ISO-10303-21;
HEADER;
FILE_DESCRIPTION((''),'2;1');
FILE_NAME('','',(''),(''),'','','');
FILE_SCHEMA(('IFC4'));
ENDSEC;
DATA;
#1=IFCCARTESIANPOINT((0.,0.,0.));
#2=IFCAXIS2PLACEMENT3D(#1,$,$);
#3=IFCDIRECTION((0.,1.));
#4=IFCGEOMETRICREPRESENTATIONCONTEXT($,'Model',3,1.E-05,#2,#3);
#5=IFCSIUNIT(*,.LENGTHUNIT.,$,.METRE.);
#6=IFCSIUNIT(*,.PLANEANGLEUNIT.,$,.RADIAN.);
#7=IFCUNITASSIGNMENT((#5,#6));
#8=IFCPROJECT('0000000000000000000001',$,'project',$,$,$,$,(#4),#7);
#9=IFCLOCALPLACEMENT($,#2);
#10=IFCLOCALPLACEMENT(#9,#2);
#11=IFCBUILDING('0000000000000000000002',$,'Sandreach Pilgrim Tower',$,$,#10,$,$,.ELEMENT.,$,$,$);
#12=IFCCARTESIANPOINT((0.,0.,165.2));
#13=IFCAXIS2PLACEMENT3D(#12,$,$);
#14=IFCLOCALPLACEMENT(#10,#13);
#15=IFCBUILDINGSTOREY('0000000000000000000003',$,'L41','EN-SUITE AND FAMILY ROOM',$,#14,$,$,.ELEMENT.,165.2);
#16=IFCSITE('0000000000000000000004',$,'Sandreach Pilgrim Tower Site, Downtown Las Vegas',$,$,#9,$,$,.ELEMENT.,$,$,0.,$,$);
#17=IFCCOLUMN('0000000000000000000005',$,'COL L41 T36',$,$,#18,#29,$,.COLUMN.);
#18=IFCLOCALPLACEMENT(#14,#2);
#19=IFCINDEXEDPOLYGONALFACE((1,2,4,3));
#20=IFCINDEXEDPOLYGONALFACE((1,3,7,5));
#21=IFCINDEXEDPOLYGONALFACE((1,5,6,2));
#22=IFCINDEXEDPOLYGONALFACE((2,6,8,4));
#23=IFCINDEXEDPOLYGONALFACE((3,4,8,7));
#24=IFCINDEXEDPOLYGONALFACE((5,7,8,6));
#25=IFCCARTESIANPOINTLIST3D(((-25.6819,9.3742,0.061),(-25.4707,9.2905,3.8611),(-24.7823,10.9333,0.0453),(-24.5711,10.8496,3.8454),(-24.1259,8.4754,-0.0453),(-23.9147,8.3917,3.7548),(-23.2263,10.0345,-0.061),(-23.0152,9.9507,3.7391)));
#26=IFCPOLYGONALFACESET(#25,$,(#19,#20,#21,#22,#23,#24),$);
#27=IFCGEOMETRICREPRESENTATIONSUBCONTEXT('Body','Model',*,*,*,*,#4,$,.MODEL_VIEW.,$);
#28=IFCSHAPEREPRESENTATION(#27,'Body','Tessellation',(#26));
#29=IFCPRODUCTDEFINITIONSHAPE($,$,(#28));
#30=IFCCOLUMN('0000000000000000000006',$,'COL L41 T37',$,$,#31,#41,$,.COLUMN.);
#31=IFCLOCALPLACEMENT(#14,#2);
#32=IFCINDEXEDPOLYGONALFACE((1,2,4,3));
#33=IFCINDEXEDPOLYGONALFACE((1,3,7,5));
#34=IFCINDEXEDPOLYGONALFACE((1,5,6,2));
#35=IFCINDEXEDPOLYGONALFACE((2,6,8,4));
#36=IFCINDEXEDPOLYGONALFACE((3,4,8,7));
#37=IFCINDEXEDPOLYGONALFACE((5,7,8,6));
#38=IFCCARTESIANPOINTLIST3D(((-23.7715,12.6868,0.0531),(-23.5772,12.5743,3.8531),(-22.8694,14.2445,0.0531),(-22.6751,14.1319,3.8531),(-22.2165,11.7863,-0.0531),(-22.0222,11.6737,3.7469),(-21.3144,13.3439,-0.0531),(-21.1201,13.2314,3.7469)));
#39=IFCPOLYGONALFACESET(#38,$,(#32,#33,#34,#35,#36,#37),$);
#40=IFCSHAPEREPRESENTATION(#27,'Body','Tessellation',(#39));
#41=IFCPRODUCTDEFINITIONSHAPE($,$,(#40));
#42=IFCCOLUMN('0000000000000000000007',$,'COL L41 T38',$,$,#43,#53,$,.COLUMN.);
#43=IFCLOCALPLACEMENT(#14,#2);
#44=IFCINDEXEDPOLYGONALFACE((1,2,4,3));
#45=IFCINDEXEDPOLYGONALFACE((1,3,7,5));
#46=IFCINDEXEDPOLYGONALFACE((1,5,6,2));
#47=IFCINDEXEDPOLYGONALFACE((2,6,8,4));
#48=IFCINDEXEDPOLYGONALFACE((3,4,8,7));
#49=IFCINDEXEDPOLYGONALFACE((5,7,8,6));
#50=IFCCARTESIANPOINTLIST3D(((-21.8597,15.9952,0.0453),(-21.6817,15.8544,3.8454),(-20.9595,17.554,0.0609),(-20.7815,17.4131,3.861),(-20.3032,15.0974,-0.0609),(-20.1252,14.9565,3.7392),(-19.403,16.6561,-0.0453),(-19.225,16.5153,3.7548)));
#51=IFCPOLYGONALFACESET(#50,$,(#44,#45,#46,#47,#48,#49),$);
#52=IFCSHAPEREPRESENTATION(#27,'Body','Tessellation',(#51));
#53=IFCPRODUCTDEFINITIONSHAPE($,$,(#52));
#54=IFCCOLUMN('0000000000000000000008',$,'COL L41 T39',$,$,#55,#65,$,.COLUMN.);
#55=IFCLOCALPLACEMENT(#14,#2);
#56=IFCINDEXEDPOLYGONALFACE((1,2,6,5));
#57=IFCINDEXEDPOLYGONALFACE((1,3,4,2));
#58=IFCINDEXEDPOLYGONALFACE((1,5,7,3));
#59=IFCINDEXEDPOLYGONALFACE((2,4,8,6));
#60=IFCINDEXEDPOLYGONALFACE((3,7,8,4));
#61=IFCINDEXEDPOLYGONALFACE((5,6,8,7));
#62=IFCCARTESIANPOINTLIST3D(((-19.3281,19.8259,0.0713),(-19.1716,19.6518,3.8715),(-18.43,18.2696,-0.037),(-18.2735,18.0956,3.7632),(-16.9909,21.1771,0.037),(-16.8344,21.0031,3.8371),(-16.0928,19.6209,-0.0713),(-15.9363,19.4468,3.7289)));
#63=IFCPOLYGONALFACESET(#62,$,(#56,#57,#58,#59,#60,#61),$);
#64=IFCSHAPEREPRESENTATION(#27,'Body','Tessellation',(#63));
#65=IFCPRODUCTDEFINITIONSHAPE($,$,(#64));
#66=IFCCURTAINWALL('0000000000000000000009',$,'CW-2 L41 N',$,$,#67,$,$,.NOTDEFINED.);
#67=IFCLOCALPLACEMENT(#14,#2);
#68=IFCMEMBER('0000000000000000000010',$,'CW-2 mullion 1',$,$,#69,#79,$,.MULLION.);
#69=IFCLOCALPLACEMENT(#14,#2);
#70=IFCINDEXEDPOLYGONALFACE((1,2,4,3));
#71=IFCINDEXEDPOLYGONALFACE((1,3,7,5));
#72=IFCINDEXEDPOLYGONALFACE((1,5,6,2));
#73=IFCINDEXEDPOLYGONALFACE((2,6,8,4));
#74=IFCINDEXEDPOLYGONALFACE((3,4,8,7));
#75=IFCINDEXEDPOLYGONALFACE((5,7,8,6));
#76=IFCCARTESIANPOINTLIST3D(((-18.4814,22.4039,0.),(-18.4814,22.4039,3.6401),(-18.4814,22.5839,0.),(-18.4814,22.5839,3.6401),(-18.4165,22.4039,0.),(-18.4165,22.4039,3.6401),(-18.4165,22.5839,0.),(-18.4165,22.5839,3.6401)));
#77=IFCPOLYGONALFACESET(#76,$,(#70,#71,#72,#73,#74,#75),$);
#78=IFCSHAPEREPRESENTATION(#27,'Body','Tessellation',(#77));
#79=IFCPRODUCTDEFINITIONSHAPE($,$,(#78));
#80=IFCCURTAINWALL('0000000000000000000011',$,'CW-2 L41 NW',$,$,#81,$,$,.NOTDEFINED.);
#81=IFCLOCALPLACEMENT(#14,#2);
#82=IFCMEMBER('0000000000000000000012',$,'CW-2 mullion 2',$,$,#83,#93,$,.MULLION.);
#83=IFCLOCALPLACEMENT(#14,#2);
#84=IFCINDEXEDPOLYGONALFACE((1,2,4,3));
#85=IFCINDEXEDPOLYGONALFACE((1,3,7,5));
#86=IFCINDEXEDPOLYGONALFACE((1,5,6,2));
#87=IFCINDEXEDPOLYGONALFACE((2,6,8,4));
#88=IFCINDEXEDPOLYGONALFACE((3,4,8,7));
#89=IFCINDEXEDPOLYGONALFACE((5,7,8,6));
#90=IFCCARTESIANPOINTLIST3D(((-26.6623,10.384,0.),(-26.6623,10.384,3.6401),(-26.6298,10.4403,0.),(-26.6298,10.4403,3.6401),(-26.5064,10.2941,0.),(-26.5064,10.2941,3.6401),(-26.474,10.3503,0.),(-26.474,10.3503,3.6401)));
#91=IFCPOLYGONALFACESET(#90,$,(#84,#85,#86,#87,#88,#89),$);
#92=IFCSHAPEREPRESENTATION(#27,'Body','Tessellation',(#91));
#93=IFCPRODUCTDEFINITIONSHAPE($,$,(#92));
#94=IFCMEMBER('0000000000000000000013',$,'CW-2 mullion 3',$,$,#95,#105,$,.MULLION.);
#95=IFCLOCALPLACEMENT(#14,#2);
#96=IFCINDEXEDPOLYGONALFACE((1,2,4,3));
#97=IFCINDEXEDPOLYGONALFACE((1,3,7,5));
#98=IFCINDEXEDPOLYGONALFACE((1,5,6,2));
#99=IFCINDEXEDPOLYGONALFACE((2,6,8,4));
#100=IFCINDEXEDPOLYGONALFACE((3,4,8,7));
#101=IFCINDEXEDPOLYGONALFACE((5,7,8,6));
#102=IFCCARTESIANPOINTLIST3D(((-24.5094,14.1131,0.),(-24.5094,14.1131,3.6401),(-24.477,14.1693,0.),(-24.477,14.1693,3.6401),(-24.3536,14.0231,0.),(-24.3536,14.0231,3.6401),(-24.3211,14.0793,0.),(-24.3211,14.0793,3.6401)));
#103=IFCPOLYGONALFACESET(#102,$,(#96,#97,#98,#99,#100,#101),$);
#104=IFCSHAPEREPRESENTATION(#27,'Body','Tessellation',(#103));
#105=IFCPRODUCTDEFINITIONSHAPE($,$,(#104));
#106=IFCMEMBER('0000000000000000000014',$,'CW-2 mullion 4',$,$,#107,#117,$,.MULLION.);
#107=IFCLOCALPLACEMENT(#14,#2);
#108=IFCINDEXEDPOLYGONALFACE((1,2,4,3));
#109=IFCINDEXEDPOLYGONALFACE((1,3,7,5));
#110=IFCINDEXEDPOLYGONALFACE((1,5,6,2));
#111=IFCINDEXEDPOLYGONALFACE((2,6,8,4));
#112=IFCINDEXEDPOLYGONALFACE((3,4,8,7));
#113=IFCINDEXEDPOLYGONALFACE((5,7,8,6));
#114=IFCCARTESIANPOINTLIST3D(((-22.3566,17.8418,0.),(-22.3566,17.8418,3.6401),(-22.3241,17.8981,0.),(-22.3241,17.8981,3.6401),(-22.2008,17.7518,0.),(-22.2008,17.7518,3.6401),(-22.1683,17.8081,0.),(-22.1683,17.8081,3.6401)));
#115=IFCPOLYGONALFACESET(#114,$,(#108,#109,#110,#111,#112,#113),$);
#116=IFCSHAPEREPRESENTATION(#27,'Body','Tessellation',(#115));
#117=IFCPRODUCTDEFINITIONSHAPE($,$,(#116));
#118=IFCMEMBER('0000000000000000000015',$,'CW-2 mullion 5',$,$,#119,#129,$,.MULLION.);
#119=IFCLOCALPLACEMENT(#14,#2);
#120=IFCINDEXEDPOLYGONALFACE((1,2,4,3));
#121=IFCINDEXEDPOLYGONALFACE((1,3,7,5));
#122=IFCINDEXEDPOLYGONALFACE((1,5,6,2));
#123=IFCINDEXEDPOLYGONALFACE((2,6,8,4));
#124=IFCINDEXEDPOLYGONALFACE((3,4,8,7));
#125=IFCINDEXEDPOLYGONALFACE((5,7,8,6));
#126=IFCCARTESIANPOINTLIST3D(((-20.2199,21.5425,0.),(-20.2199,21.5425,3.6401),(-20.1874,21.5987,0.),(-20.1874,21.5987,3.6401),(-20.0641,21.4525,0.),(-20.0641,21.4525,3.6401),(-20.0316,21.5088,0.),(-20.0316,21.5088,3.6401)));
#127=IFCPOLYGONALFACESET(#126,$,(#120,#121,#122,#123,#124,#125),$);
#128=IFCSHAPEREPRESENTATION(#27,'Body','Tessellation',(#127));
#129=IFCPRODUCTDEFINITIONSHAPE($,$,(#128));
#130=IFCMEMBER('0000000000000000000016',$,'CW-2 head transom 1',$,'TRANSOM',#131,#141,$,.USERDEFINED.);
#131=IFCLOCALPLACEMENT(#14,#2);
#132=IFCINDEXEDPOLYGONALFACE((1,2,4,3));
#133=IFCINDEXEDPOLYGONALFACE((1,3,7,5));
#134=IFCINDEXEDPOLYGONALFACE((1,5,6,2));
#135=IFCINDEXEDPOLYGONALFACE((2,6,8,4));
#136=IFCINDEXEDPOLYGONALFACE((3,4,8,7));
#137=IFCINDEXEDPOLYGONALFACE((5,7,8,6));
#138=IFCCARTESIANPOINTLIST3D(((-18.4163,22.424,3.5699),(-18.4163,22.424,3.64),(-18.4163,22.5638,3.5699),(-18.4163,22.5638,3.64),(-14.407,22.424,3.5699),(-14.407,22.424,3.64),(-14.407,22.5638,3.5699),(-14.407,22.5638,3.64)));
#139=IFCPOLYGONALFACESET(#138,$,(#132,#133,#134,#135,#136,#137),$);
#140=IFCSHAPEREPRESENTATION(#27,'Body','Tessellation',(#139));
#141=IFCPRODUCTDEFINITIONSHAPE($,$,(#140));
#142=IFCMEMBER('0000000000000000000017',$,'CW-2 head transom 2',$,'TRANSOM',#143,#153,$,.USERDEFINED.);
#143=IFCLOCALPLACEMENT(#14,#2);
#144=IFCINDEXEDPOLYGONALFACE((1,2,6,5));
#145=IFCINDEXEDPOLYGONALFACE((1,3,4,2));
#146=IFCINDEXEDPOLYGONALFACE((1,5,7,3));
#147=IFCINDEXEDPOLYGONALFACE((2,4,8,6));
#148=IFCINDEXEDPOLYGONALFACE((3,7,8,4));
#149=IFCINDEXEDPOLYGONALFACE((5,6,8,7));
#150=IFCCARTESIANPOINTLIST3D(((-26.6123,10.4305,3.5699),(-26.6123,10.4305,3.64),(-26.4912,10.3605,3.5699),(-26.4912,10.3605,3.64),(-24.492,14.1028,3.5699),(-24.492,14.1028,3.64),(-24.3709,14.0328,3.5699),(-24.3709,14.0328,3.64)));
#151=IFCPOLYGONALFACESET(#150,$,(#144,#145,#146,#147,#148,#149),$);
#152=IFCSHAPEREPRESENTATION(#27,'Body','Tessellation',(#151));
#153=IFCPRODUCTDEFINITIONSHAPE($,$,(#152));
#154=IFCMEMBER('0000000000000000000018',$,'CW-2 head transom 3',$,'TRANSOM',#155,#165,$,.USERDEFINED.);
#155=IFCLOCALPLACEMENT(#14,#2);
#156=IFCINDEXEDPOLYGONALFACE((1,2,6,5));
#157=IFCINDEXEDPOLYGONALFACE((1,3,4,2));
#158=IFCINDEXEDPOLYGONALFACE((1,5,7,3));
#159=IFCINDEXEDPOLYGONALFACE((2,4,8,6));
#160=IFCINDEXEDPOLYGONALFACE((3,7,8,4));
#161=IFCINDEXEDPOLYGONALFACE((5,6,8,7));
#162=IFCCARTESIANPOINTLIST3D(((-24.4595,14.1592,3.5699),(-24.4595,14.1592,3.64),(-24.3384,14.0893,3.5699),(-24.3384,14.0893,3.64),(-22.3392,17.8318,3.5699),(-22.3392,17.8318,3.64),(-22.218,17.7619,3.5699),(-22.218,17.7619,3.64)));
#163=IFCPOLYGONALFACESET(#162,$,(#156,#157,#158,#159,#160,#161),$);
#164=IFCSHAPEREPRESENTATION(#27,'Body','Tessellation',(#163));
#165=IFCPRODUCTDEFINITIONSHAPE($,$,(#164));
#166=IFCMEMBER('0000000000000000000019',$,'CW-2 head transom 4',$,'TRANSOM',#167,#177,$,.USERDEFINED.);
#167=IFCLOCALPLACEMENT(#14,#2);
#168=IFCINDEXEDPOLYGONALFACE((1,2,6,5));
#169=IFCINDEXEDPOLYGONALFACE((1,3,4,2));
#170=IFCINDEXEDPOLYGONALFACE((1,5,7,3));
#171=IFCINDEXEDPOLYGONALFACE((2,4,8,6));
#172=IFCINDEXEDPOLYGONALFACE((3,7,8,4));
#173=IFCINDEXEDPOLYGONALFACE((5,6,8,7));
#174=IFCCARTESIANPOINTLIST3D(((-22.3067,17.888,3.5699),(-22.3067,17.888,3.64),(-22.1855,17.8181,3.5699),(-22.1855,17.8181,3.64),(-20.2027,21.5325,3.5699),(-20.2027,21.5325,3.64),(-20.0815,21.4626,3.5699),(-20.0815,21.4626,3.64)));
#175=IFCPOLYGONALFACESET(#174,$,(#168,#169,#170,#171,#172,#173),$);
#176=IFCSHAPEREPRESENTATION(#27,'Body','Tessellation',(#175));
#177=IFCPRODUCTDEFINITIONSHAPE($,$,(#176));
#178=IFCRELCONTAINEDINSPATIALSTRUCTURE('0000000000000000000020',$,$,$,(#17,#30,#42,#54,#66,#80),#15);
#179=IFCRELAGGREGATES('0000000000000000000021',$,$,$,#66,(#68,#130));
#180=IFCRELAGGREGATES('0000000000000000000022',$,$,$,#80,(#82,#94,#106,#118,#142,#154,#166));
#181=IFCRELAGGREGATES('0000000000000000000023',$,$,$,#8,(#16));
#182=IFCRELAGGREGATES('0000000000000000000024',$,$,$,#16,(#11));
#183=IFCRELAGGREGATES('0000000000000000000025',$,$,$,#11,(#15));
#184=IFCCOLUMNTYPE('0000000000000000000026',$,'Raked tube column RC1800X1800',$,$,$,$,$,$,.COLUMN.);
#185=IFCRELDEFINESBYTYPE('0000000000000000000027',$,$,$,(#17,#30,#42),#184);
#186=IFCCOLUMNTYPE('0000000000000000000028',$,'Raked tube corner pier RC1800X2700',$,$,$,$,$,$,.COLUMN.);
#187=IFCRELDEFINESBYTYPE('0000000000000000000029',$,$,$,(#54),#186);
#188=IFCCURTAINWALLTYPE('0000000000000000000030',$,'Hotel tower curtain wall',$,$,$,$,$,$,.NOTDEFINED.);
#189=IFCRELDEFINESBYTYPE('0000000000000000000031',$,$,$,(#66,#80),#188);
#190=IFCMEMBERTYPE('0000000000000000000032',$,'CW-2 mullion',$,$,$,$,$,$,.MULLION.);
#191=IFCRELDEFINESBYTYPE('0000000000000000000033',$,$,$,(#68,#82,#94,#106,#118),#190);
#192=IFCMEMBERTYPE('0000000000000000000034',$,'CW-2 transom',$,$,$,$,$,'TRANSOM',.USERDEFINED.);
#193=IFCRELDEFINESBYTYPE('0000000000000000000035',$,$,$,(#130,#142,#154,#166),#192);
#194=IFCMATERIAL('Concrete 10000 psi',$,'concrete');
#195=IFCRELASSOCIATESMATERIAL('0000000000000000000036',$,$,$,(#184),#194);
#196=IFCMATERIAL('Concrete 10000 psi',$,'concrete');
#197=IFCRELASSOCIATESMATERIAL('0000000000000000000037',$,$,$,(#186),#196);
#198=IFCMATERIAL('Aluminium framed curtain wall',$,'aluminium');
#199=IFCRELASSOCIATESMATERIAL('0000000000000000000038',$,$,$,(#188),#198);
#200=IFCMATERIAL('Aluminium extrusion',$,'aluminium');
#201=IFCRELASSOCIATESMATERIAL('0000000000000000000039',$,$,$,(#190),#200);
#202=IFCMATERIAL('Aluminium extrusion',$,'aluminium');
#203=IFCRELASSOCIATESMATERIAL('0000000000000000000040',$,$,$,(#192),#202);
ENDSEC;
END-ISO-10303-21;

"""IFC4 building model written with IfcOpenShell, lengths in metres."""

from ifc_helpers import new_model, si_unit, direction, frame, origin, origin_2d, place, context, subcontext, project, spatial, rectangle, extrude, material, material_profile, profile_set, type_object, element, aggregate, save


model = new_model("IFC4")

# Units and contexts
model_context = context("Model", 3, precision=1e-05, world=origin(), true_north=direction((0.0, 1.0)))
body_context = subcontext(model_context, "Body", "Model", "MODEL_VIEW")
ifc_project = project(units=[si_unit("LENGTHUNIT", "METRE"), si_unit("PLANEANGLEUNIT", "RADIAN")], contexts=[model_context])

# Site, building, storey
site_placement = place(None, origin())
site = spatial("IfcSite", under=ifc_project, at=site_placement, Name="Sandreach Pilgrim Tower Site, Downtown Las Vegas", CompositionType="ELEMENT", RefElevation=0.0)
building_placement = place(site_placement, origin())
building = spatial("IfcBuilding", under=site, at=building_placement, Name="Sandreach Pilgrim Tower", CompositionType="ELEMENT")
storey_placement = place(building_placement, frame((0.0, 0.0, 165.2)))
storey = spatial("IfcBuildingStorey", under=building, at=storey_placement, Name="L41", Description="EN-SUITE AND FAMILY ROOM", CompositionType="ELEMENT", Elevation=165.2)

# Columns
ifc_material_1 = material(Name="Concrete 10000 psi", Category="concrete")
ifc_material_profile_1 = material_profile(ifc_material_1, rectangle(XDim=1.8, YDim=1.8, at=origin_2d()), Name="RC1800X1800")
ifc_profile_set_1 = profile_set([ifc_material_profile_1], Name="Concrete 10000 psi")
column_type_1 = type_object("IfcColumnType", Name="Raked tube column RC1800X1800", PredefinedType="COLUMN", material=ifc_profile_set_1)
column_1_placement = place(storey_placement, frame((-24.4541, 9.7043, 0.0), z_axis=(0.055474, -0.021997, 0.998218), x_axis=(-0.864393, 0.499339, 0.059041)))
element("IfcColumn", 1, at=column_1_placement, inside=storey, type_object=column_type_1, Name="COL L41 T36", PredefinedType="COLUMN", context=body_context, shape_type="SweptSolid", body=[
    extrude(rectangle(XDim=1.8, YDim=1.8, at=origin_2d()), origin(), (0.0, 0.0, 1.0), 3.8069),
])
column_2_placement = place(storey_placement, frame((-22.543, 13.0154, 0.0), z_axis=(0.051051, -0.029566, 0.998258), x_axis=(-0.863845, 0.500292, 0.058995)))
element("IfcColumn", 2, at=column_2_placement, inside=storey, type_object=column_type_1, Name="COL L41 T37", PredefinedType="COLUMN", context=body_context, shape_type="SweptSolid", body=[
    extrude(rectangle(XDim=1.8, YDim=1.8, at=origin_2d()), origin(), (0.0, 0.0, 1.0), 3.8066),
])
column_3_placement = place(storey_placement, frame((-20.6313, 16.3257, 0.0), z_axis=(0.046753, -0.037004, 0.998221), x_axis=(-0.864714, 0.498788, 0.05899)))
element("IfcColumn", 3, at=column_3_placement, inside=storey, type_object=column_type_1, Name="COL L41 T38", PredefinedType="COLUMN", context=body_context, shape_type="SweptSolid", body=[
    extrude(rectangle(XDim=1.8, YDim=1.8, at=origin_2d()), origin(), (0.0, 0.0, 1.0), 3.8069),
])
ifc_material_2 = material(Name="Concrete 10000 psi", Category="concrete")
ifc_material_profile_2 = material_profile(ifc_material_2, rectangle(XDim=1.8, YDim=2.7, at=origin_2d()), Name="RC1800X2700")
ifc_profile_set_2 = profile_set([ifc_material_profile_2], Name="Concrete 10000 psi")
column_type_2 = type_object("IfcColumnType", Name="Raked tube corner pier RC1800X2700", PredefinedType="COLUMN", material=ifc_profile_set_2)
column_4_placement = place(storey_placement, frame((-17.7104, 19.7234, 0.0), z_axis=(0.041104, -0.045721, 0.998108), x_axis=(-0.498947, 0.864542, 0.060151)))
element("IfcColumn", 4, at=column_4_placement, inside=storey, type_object=column_type_2, Name="COL L41 T39", PredefinedType="COLUMN", context=body_context, shape_type="SweptSolid", body=[
    extrude(rectangle(XDim=1.8, YDim=2.7, at=origin_2d()), origin(), (0.0, 0.0, 1.0), 3.8074),
])

# Curtain wall, member
ifc_material_3 = material(Name="Aluminium framed curtain wall", Category="aluminium")
curtain_wall_type = type_object("IfcCurtainWallType", Name="Hotel tower curtain wall", PredefinedType="NOTDEFINED", material=ifc_material_3)
curtain_wall_1_placement = place(storey_placement, origin())
curtain_wall_1 = element("IfcCurtainWall", 5, at=curtain_wall_1_placement, inside=storey, type_object=curtain_wall_type, Name="CW-2 L41 N", PredefinedType="NOTDEFINED")
ifc_material_4 = material(Name="Aluminium extrusion", Category="aluminium")
ifc_material_profile_3 = material_profile(ifc_material_4, rectangle(XDim=0.0649, YDim=0.1799, at=origin_2d()), Name="CW-2M 65X180")
ifc_profile_set_3 = profile_set([ifc_material_profile_3], Name="Aluminium extrusion")
member_type_1 = type_object("IfcMemberType", Name="CW-2 mullion", PredefinedType="MULLION", material=ifc_profile_set_3)
member_1_placement = place(storey_placement, frame((-18.449, 22.4939, 0.0), z_axis=(0.0, 0.0, 1.0), x_axis=(1.0, 0.0, 0.0)))
member_1 = element("IfcMember", 6, at=member_1_placement, type_object=member_type_1, Name="CW-2 mullion 1", PredefinedType="MULLION", context=body_context, shape_type="SweptSolid", body=[
    extrude(rectangle(XDim=0.0649, YDim=0.1799, at=origin_2d()), origin(), (0.0, 0.0, 1.0), 3.6401),
])

# Curtain wall, members
curtain_wall_2_placement = place(storey_placement, origin())
curtain_wall_2 = element("IfcCurtainWall", 7, at=curtain_wall_2_placement, inside=storey, type_object=curtain_wall_type, Name="CW-2 L41 NW", PredefinedType="NOTDEFINED")
member_2_placement = place(storey_placement, frame((-26.5681, 10.3672, 0.0), z_axis=(0.0, 0.0, 1.0), x_axis=(0.5, 0.866025, 0.0)))
member_2 = element("IfcMember", 8, at=member_2_placement, type_object=member_type_1, Name="CW-2 mullion 2", PredefinedType="MULLION", context=body_context, shape_type="SweptSolid", body=[
    extrude(rectangle(XDim=0.0649, YDim=0.1799, at=origin_2d()), origin(), (0.0, 0.0, 1.0), 3.6401),
])
member_3_placement = place(storey_placement, frame((-24.4153, 14.0962, 0.0), z_axis=(0.0, 0.0, 1.0), x_axis=(0.5, 0.866025, 0.0)))
member_3 = element("IfcMember", 9, at=member_3_placement, type_object=member_type_1, Name="CW-2 mullion 3", PredefinedType="MULLION", context=body_context, shape_type="SweptSolid", body=[
    extrude(rectangle(XDim=0.0649, YDim=0.1799, at=origin_2d()), origin(), (0.0, 0.0, 1.0), 3.6401),
])
member_4_placement = place(storey_placement, frame((-22.2625, 17.825, 0.0), z_axis=(0.0, 0.0, 1.0), x_axis=(0.5, 0.866025, 0.0)))
member_4 = element("IfcMember", 10, at=member_4_placement, type_object=member_type_1, Name="CW-2 mullion 4", PredefinedType="MULLION", context=body_context, shape_type="SweptSolid", body=[
    extrude(rectangle(XDim=0.0649, YDim=0.1799, at=origin_2d()), origin(), (0.0, 0.0, 1.0), 3.6401),
])
member_5_placement = place(storey_placement, frame((-20.1257, 21.5256, 0.0), z_axis=(0.0, 0.0, 1.0), x_axis=(0.5, 0.866025, 0.0)))
member_5 = element("IfcMember", 11, at=member_5_placement, type_object=member_type_1, Name="CW-2 mullion 5", PredefinedType="MULLION", context=body_context, shape_type="SweptSolid", body=[
    extrude(rectangle(XDim=0.0649, YDim=0.1799, at=origin_2d()), origin(), (0.0, 0.0, 1.0), 3.6401),
])

# Members
ifc_material_5 = material(Name="Aluminium extrusion", Category="aluminium")
ifc_material_profile_4 = material_profile(ifc_material_5, rectangle(XDim=0.1399, YDim=0.0701, at=origin_2d()), Name="CW-2T 140X70")
ifc_profile_set_4 = profile_set([ifc_material_profile_4], Name="Aluminium extrusion")
member_type_2 = type_object("IfcMemberType", Name="CW-2 transom", ElementType="TRANSOM", PredefinedType="USERDEFINED", material=ifc_profile_set_4)
member_6_placement = place(storey_placement, frame((-18.4163, 22.4939, 3.605), z_axis=(1.0, 0.0, 0.0), x_axis=(0.0, 1.0, 0.0)))
member_6 = element("IfcMember", 12, at=member_6_placement, type_object=member_type_2, Name="CW-2 head transom 1", ObjectType="TRANSOM", PredefinedType="USERDEFINED", context=body_context, shape_type="SweptSolid", body=[
    extrude(rectangle(XDim=0.1399, YDim=0.0701, at=origin_2d()), origin(), (0.0, 0.0, 1.0), 4.0093),
])
member_7_placement = place(storey_placement, frame((-26.5518, 10.3955, 3.605), z_axis=(0.500021, 0.866013, 0.0), x_axis=(-0.866013, 0.500021, 0.0)))
member_7 = element("IfcMember", 13, at=member_7_placement, type_object=member_type_2, Name="CW-2 head transom 2", ObjectType="TRANSOM", PredefinedType="USERDEFINED", context=body_context, shape_type="SweptSolid", body=[
    extrude(rectangle(XDim=0.1399, YDim=0.0701, at=origin_2d()), origin(), (0.0, 0.0, 1.0), 4.2405),
])
member_8_placement = place(storey_placement, frame((-24.3989, 14.1243, 3.605), z_axis=(0.499997, 0.866027, 0.0), x_axis=(-0.866027, 0.499997, 0.0)))
member_8 = element("IfcMember", 14, at=member_8_placement, type_object=member_type_2, Name="CW-2 head transom 3", ObjectType="TRANSOM", PredefinedType="USERDEFINED", context=body_context, shape_type="SweptSolid", body=[
    extrude(rectangle(XDim=0.1399, YDim=0.0701, at=origin_2d()), origin(), (0.0, 0.0, 1.0), 4.2407),
])
member_9_placement = place(storey_placement, frame((-22.2461, 17.853, 3.605), z_axis=(0.49997, 0.866043, 0.0), x_axis=(-0.866043, 0.49997, 0.0)))
member_9 = element("IfcMember", 15, at=member_9_placement, type_object=member_type_2, Name="CW-2 head transom 4", ObjectType="TRANSOM", PredefinedType="USERDEFINED", context=body_context, shape_type="SweptSolid", body=[
    extrude(rectangle(XDim=0.1399, YDim=0.0701, at=origin_2d()), origin(), (0.0, 0.0, 1.0), 4.2083),
])

aggregate(curtain_wall_1, [member_1, member_6])
aggregate(curtain_wall_2, [member_2, member_3, member_4, member_5, member_7, member_8, member_9])

save(model, "model.ifc")
